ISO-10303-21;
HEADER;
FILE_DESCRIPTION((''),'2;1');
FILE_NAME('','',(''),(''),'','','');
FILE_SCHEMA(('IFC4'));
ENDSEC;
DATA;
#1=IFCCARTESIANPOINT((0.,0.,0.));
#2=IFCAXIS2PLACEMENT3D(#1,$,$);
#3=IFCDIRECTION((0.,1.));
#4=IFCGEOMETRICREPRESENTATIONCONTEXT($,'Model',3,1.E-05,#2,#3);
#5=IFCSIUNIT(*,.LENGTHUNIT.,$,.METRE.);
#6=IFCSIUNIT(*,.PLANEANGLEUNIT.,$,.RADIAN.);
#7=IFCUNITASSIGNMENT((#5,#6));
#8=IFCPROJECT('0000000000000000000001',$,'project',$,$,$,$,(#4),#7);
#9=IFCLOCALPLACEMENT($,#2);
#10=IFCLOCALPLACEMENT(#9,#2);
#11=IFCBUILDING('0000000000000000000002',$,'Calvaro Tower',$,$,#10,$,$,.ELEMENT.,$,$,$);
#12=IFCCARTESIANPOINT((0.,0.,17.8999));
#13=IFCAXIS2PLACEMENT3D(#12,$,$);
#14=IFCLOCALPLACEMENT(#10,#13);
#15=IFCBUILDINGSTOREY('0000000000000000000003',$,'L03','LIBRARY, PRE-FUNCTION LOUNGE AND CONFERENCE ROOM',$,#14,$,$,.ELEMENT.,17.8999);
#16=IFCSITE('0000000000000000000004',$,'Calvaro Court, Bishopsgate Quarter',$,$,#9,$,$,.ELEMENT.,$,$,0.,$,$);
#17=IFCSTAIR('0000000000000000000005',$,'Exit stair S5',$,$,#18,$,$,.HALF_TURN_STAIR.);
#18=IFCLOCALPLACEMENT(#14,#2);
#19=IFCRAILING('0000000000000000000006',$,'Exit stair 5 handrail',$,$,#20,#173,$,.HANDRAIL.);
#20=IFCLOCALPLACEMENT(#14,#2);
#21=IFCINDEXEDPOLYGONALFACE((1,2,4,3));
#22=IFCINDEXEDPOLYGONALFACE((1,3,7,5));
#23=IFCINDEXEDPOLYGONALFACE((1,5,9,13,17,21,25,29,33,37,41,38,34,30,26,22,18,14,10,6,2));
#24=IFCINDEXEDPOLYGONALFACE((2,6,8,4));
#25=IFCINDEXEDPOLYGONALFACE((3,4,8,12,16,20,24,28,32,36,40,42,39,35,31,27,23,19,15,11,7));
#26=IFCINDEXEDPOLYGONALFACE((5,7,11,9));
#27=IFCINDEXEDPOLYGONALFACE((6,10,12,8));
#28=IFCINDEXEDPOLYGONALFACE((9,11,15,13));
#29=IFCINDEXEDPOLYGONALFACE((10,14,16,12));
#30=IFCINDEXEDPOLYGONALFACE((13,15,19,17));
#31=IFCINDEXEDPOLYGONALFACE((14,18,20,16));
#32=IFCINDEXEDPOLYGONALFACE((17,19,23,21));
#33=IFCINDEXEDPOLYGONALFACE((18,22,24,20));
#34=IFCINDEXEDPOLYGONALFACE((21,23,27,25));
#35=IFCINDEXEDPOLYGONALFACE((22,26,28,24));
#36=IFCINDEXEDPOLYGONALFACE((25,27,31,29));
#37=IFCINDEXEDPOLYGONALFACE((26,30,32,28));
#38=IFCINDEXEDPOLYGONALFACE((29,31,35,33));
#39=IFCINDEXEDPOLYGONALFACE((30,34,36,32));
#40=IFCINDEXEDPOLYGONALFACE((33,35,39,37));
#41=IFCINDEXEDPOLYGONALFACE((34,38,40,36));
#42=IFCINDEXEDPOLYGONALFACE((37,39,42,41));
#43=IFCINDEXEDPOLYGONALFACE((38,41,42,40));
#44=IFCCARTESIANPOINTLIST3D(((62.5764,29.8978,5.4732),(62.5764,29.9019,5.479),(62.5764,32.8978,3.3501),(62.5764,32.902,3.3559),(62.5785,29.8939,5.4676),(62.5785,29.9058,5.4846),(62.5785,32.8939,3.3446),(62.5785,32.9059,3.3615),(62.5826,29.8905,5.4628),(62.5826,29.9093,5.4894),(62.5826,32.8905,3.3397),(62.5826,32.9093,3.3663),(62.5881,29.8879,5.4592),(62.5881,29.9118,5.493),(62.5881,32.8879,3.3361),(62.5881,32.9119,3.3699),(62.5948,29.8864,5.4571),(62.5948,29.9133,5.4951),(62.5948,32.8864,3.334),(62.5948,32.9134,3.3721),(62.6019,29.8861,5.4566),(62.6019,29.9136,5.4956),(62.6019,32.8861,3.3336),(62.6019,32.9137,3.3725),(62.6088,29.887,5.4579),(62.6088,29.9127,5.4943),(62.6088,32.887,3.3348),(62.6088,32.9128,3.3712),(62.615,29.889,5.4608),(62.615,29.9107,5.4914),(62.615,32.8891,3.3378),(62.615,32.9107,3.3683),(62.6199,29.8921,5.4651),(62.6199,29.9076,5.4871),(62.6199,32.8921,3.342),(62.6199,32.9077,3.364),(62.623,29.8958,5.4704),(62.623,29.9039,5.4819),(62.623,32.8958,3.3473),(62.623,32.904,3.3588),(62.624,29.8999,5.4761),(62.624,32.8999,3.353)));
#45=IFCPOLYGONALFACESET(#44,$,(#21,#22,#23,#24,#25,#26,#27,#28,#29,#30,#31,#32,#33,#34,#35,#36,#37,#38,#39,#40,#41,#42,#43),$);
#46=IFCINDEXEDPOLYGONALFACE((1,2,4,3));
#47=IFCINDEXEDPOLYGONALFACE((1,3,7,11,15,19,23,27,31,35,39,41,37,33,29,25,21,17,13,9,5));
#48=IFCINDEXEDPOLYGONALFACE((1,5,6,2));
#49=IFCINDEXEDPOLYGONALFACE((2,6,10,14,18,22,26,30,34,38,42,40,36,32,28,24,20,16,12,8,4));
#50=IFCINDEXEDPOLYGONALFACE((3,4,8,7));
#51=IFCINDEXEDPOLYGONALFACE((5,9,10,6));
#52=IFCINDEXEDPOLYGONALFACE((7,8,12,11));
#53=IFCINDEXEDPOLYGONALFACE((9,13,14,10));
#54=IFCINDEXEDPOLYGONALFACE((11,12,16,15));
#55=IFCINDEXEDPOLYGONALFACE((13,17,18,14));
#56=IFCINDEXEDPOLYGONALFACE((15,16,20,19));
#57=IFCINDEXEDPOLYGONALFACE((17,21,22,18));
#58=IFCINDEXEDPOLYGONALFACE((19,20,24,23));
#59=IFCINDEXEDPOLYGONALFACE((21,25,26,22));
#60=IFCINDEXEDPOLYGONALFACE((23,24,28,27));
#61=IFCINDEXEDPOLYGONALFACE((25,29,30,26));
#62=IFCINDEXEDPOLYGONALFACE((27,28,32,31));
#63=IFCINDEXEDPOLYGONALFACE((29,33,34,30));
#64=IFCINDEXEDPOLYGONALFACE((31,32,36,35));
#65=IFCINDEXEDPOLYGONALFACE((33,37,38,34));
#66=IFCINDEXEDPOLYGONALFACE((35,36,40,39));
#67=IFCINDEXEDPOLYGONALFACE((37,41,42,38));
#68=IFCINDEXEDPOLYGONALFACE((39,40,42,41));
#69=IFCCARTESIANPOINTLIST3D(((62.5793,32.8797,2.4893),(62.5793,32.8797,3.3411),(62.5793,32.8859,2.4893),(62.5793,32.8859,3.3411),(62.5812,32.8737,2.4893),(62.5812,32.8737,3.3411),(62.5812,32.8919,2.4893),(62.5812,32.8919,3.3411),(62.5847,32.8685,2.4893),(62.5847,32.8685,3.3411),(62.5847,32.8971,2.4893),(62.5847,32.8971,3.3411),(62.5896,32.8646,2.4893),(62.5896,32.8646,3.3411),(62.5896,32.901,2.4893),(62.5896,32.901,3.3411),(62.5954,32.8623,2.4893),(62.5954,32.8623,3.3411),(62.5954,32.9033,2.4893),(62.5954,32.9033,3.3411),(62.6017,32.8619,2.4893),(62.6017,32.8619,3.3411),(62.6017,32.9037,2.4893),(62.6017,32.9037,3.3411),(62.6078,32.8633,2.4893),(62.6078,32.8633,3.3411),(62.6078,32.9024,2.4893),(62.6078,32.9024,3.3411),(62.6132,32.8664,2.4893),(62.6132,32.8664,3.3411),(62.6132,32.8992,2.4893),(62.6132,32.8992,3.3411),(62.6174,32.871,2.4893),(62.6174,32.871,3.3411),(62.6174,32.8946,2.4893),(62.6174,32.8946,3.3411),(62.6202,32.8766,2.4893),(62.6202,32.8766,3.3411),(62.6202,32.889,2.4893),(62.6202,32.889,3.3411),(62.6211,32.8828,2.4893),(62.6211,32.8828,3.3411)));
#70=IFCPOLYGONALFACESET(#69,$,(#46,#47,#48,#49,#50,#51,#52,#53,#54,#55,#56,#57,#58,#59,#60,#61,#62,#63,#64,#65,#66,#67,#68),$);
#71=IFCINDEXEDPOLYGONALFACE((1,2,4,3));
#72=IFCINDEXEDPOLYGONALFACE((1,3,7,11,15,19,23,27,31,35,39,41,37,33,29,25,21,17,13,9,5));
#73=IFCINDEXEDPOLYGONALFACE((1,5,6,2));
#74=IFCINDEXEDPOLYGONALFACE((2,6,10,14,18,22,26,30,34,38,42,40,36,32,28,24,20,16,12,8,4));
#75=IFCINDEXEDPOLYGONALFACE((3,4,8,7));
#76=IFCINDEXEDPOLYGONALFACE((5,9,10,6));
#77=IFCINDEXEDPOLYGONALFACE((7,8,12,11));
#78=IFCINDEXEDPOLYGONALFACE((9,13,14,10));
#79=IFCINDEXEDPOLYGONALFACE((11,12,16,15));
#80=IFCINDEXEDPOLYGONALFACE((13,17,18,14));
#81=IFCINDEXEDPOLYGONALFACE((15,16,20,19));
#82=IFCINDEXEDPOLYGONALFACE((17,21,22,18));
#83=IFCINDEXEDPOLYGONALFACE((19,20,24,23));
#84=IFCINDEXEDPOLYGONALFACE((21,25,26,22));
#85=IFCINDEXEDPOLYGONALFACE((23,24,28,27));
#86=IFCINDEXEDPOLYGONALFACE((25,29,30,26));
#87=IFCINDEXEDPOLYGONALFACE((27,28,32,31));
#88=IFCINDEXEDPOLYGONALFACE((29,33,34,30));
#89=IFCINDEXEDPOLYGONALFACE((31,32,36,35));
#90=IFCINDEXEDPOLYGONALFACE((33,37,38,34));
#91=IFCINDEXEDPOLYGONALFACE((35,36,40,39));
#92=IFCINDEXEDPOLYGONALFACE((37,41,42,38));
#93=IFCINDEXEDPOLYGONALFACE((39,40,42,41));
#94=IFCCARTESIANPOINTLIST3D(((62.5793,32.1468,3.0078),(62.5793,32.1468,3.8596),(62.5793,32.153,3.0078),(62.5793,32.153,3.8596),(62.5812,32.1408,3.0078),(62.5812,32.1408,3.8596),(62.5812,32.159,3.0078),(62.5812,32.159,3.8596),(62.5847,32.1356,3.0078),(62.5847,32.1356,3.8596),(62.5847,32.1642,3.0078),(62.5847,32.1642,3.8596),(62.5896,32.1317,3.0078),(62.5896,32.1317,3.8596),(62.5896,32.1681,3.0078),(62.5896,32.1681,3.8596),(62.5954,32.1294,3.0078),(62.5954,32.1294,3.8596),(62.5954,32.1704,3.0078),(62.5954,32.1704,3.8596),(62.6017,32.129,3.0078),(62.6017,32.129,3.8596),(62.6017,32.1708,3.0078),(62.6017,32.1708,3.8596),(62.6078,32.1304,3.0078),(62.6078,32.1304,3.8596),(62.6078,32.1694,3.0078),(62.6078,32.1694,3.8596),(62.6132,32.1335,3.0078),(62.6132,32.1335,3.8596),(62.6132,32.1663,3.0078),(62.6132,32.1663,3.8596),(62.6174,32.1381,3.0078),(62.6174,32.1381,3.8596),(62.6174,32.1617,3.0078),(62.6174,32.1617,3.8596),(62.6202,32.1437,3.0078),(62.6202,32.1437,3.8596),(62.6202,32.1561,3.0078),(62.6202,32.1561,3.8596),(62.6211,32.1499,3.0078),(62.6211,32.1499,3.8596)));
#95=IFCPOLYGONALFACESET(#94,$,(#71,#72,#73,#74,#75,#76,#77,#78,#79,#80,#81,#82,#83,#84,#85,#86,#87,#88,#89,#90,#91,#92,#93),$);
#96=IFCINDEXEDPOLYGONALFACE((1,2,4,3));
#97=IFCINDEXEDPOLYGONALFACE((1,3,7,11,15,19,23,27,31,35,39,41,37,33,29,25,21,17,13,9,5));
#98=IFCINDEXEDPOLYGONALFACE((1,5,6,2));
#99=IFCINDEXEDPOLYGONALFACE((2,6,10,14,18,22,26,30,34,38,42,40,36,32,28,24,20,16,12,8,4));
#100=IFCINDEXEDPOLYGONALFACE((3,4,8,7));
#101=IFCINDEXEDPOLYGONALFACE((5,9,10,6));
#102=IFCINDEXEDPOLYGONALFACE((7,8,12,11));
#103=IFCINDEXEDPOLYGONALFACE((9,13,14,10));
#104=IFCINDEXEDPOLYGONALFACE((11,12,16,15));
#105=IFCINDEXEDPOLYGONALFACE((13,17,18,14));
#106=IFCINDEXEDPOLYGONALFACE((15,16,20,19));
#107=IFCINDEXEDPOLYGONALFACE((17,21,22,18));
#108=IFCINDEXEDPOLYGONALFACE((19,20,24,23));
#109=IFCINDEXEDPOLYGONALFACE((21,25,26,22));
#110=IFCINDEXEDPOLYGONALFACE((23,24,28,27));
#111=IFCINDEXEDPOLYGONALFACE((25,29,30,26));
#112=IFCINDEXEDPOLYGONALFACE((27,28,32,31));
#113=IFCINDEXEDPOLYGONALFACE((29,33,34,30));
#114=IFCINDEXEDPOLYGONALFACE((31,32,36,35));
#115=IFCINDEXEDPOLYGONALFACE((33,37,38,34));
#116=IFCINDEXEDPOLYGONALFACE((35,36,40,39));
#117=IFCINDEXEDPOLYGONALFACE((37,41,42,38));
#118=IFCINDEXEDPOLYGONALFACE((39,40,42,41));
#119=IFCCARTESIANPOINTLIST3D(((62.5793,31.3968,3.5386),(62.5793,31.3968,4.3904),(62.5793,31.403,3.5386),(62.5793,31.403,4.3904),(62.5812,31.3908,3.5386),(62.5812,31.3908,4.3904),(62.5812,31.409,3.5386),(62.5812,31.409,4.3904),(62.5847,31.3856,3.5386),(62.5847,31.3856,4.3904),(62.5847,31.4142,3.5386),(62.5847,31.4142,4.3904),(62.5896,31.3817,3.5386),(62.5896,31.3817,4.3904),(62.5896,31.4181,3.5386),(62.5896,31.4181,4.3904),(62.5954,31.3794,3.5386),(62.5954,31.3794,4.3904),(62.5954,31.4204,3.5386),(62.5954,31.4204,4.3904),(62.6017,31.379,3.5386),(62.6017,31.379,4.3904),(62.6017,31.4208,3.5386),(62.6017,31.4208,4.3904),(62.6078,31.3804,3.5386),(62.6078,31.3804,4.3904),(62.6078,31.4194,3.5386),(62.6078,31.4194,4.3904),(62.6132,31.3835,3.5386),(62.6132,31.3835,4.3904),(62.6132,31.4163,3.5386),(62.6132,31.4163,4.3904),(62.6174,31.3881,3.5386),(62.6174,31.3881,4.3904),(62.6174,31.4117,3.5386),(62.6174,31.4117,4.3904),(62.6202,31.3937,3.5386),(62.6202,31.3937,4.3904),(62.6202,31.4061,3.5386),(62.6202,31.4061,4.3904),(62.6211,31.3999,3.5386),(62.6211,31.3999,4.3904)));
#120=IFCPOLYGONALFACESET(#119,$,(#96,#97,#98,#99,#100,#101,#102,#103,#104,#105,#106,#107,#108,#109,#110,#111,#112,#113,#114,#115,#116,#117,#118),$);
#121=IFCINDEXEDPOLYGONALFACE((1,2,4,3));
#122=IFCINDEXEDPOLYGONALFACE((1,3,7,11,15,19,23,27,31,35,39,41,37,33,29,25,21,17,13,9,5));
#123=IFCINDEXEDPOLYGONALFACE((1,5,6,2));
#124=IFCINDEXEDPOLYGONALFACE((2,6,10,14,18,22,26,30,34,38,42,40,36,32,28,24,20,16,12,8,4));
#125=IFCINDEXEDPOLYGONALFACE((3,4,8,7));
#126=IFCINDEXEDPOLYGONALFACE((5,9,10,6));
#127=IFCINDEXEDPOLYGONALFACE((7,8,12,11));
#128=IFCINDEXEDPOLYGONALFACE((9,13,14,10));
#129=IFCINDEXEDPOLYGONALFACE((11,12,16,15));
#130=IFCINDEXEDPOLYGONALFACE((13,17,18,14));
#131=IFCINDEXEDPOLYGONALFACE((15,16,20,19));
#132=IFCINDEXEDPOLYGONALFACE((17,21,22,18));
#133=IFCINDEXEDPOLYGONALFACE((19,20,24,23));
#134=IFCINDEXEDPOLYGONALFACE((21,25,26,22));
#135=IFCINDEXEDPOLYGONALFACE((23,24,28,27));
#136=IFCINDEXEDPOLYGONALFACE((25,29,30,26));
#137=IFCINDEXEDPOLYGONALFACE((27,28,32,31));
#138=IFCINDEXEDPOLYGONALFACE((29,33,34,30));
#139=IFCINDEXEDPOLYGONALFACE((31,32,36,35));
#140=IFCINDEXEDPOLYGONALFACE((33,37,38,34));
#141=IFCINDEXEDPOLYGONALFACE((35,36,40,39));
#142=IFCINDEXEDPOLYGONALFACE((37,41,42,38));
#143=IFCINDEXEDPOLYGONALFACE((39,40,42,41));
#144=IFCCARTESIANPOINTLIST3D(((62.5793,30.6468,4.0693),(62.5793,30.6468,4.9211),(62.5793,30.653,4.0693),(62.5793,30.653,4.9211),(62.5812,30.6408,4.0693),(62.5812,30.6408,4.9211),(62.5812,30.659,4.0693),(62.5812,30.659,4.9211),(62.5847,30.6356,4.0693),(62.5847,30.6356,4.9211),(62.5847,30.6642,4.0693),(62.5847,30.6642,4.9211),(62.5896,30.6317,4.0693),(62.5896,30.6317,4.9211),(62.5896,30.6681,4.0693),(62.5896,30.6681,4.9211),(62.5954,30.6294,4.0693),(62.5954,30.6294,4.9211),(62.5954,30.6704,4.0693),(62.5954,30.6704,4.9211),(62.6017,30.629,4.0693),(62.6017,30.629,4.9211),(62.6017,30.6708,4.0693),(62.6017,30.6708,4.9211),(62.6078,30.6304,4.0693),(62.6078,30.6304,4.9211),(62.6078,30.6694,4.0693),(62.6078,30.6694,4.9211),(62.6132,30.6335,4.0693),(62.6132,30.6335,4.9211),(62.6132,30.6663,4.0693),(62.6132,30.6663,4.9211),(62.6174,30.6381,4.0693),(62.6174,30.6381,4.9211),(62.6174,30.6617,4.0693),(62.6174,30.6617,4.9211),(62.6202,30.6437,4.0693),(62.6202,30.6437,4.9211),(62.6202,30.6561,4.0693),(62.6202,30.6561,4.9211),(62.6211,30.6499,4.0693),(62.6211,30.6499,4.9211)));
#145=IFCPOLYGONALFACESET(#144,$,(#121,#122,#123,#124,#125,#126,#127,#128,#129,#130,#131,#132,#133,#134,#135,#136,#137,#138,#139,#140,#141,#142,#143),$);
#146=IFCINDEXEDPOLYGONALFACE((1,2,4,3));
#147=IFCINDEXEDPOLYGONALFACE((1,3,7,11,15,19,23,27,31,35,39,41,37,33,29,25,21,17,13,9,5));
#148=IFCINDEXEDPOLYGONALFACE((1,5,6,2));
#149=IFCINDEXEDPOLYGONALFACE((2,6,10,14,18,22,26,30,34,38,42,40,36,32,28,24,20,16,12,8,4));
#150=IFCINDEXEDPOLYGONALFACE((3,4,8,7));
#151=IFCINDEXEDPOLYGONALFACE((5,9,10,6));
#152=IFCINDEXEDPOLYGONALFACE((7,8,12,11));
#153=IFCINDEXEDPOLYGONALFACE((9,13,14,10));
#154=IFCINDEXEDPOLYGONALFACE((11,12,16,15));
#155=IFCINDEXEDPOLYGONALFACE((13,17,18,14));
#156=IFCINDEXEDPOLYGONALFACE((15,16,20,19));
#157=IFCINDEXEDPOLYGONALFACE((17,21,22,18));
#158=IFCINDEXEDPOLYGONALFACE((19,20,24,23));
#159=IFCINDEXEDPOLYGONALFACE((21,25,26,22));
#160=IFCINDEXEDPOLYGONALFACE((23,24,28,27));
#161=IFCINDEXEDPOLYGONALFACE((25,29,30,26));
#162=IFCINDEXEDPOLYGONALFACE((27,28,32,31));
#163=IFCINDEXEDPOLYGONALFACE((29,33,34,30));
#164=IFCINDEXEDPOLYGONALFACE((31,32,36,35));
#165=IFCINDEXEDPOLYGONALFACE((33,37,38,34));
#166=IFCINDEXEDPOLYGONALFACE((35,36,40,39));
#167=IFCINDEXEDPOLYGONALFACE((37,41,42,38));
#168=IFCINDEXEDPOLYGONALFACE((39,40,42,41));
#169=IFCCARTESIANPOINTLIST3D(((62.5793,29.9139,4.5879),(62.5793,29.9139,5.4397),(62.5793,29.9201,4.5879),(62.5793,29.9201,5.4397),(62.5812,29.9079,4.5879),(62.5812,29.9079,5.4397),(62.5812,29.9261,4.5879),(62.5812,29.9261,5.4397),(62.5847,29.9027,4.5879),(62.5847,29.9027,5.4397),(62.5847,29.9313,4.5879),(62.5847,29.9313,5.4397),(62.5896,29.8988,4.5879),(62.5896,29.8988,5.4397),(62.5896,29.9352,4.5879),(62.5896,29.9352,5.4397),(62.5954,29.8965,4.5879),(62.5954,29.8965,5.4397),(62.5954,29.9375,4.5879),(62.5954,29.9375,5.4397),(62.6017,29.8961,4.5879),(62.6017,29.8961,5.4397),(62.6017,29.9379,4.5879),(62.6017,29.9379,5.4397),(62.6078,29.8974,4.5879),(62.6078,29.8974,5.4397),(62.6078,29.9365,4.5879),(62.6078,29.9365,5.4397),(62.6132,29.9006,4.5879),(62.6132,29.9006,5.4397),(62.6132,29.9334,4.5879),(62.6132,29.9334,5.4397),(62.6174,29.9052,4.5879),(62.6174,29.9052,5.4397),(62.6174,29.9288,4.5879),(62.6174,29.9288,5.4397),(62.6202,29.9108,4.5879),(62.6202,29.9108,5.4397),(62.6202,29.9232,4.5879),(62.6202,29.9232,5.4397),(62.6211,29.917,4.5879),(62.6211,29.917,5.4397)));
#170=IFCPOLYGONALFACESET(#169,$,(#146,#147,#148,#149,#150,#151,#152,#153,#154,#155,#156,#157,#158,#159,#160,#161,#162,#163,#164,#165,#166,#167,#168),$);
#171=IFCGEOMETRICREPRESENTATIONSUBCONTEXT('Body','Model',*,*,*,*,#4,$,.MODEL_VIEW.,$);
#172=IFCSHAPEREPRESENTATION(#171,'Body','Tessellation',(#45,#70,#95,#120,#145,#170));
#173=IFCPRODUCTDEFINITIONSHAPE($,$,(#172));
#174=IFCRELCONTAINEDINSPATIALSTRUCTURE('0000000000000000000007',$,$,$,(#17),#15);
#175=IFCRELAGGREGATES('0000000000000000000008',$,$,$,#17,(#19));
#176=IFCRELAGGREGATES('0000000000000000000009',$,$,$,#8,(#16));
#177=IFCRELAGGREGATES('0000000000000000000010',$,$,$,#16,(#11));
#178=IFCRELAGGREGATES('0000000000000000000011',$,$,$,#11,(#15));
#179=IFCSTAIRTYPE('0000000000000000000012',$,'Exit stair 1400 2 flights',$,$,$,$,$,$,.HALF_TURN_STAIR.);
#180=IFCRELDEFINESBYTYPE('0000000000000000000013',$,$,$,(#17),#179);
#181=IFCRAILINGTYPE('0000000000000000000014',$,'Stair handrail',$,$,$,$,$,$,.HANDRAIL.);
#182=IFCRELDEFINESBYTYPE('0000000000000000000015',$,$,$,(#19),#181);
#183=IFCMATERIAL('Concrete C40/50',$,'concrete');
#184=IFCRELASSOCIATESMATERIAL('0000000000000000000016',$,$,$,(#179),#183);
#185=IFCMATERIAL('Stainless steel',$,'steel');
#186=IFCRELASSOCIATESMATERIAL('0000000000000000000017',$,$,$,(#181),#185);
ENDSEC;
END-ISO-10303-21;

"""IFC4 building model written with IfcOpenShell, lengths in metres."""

from ifc_helpers import new_model, si_unit, direction, frame, origin, origin_2d, place, context, subcontext, project, spatial, circle, extrude, material, type_object, element, aggregate, save


model = new_model("IFC4")

# Units and contexts
model_context = context("Model", 3, precision=1e-05, world=origin(), true_north=direction((0.0, 1.0)))
body_context = subcontext(model_context, "Body", "Model", "MODEL_VIEW")
ifc_project = project(units=[si_unit("LENGTHUNIT", "METRE"), si_unit("PLANEANGLEUNIT", "RADIAN")], contexts=[model_context])

# Site, building, storey
site_placement = place(None, origin())
site = spatial("IfcSite", under=ifc_project, at=site_placement, Name="Calvaro Court, Bishopsgate Quarter", CompositionType="ELEMENT", RefElevation=0.0)
building_placement = place(site_placement, origin())
building = spatial("IfcBuilding", under=site, at=building_placement, Name="Calvaro Tower", CompositionType="ELEMENT")
storey_placement = place(building_placement, frame((0.0, 0.0, 17.8999)))
storey = spatial("IfcBuildingStorey", under=building, at=storey_placement, Name="L03", Description="LIBRARY, PRE-FUNCTION LOUNGE AND CONFERENCE ROOM", CompositionType="ELEMENT", Elevation=17.8999)

# Stair, railing
ifc_material_1 = material(Name="Concrete C40/50", Category="concrete")
stair_type = type_object("IfcStairType", Name="Exit stair 1400 2 flights", PredefinedType="HALF_TURN_STAIR", material=ifc_material_1)
stair_placement = place(storey_placement, origin())
stair = element("IfcStair", 1, at=stair_placement, inside=storey, type_object=stair_type, Name="Exit stair S5", PredefinedType="HALF_TURN_STAIR")
ifc_material_2 = material(Name="Stainless steel", Category="steel")
railing_type_1 = type_object("IfcRailingType", Name="Stair handrail", PredefinedType="HANDRAIL", material=ifc_material_2)
railing_1_placement = place(storey_placement, frame((62.6001, 32.8999, 2.4771)))
railing_1 = element("IfcRailing", 2, at=railing_1_placement, type_object=railing_type_1, Name="Exit stair 5 handrail", PredefinedType="HANDRAIL", context=body_context, shape_type="SweptSolid", body=[
    extrude(circle(Radius=0.0239, at=origin_2d()), frame((0.0, 0.0, 0.876), z_axis=(0.0, -0.816275, 0.577663), x_axis=(1.0, 0.0, 0.0)), (0.0, 0.0, 1.0), 3.6753),
    extrude(circle(Radius=0.021, at=origin_2d()), frame((0.0, -0.0171, 0.0122)), (0.0, 0.0, 1.0), 0.8518),
    extrude(circle(Radius=0.021, at=origin_2d()), frame((0.0, -0.75, 0.5308)), (0.0, 0.0, 1.0), 0.8518),
    extrude(circle(Radius=0.021, at=origin_2d()), frame((0.0, -1.5, 1.0615)), (0.0, 0.0, 1.0), 0.8518),
    extrude(circle(Radius=0.021, at=origin_2d()), frame((0.0, -2.25, 1.5923)), (0.0, 0.0, 1.0), 0.8518),
    extrude(circle(Radius=0.021, at=origin_2d()), frame((0.0, -2.9829, 2.1108)), (0.0, 0.0, 1.0), 0.8518),
])
aggregate(stair, [railing_1])

save(model, "model.ifc")
